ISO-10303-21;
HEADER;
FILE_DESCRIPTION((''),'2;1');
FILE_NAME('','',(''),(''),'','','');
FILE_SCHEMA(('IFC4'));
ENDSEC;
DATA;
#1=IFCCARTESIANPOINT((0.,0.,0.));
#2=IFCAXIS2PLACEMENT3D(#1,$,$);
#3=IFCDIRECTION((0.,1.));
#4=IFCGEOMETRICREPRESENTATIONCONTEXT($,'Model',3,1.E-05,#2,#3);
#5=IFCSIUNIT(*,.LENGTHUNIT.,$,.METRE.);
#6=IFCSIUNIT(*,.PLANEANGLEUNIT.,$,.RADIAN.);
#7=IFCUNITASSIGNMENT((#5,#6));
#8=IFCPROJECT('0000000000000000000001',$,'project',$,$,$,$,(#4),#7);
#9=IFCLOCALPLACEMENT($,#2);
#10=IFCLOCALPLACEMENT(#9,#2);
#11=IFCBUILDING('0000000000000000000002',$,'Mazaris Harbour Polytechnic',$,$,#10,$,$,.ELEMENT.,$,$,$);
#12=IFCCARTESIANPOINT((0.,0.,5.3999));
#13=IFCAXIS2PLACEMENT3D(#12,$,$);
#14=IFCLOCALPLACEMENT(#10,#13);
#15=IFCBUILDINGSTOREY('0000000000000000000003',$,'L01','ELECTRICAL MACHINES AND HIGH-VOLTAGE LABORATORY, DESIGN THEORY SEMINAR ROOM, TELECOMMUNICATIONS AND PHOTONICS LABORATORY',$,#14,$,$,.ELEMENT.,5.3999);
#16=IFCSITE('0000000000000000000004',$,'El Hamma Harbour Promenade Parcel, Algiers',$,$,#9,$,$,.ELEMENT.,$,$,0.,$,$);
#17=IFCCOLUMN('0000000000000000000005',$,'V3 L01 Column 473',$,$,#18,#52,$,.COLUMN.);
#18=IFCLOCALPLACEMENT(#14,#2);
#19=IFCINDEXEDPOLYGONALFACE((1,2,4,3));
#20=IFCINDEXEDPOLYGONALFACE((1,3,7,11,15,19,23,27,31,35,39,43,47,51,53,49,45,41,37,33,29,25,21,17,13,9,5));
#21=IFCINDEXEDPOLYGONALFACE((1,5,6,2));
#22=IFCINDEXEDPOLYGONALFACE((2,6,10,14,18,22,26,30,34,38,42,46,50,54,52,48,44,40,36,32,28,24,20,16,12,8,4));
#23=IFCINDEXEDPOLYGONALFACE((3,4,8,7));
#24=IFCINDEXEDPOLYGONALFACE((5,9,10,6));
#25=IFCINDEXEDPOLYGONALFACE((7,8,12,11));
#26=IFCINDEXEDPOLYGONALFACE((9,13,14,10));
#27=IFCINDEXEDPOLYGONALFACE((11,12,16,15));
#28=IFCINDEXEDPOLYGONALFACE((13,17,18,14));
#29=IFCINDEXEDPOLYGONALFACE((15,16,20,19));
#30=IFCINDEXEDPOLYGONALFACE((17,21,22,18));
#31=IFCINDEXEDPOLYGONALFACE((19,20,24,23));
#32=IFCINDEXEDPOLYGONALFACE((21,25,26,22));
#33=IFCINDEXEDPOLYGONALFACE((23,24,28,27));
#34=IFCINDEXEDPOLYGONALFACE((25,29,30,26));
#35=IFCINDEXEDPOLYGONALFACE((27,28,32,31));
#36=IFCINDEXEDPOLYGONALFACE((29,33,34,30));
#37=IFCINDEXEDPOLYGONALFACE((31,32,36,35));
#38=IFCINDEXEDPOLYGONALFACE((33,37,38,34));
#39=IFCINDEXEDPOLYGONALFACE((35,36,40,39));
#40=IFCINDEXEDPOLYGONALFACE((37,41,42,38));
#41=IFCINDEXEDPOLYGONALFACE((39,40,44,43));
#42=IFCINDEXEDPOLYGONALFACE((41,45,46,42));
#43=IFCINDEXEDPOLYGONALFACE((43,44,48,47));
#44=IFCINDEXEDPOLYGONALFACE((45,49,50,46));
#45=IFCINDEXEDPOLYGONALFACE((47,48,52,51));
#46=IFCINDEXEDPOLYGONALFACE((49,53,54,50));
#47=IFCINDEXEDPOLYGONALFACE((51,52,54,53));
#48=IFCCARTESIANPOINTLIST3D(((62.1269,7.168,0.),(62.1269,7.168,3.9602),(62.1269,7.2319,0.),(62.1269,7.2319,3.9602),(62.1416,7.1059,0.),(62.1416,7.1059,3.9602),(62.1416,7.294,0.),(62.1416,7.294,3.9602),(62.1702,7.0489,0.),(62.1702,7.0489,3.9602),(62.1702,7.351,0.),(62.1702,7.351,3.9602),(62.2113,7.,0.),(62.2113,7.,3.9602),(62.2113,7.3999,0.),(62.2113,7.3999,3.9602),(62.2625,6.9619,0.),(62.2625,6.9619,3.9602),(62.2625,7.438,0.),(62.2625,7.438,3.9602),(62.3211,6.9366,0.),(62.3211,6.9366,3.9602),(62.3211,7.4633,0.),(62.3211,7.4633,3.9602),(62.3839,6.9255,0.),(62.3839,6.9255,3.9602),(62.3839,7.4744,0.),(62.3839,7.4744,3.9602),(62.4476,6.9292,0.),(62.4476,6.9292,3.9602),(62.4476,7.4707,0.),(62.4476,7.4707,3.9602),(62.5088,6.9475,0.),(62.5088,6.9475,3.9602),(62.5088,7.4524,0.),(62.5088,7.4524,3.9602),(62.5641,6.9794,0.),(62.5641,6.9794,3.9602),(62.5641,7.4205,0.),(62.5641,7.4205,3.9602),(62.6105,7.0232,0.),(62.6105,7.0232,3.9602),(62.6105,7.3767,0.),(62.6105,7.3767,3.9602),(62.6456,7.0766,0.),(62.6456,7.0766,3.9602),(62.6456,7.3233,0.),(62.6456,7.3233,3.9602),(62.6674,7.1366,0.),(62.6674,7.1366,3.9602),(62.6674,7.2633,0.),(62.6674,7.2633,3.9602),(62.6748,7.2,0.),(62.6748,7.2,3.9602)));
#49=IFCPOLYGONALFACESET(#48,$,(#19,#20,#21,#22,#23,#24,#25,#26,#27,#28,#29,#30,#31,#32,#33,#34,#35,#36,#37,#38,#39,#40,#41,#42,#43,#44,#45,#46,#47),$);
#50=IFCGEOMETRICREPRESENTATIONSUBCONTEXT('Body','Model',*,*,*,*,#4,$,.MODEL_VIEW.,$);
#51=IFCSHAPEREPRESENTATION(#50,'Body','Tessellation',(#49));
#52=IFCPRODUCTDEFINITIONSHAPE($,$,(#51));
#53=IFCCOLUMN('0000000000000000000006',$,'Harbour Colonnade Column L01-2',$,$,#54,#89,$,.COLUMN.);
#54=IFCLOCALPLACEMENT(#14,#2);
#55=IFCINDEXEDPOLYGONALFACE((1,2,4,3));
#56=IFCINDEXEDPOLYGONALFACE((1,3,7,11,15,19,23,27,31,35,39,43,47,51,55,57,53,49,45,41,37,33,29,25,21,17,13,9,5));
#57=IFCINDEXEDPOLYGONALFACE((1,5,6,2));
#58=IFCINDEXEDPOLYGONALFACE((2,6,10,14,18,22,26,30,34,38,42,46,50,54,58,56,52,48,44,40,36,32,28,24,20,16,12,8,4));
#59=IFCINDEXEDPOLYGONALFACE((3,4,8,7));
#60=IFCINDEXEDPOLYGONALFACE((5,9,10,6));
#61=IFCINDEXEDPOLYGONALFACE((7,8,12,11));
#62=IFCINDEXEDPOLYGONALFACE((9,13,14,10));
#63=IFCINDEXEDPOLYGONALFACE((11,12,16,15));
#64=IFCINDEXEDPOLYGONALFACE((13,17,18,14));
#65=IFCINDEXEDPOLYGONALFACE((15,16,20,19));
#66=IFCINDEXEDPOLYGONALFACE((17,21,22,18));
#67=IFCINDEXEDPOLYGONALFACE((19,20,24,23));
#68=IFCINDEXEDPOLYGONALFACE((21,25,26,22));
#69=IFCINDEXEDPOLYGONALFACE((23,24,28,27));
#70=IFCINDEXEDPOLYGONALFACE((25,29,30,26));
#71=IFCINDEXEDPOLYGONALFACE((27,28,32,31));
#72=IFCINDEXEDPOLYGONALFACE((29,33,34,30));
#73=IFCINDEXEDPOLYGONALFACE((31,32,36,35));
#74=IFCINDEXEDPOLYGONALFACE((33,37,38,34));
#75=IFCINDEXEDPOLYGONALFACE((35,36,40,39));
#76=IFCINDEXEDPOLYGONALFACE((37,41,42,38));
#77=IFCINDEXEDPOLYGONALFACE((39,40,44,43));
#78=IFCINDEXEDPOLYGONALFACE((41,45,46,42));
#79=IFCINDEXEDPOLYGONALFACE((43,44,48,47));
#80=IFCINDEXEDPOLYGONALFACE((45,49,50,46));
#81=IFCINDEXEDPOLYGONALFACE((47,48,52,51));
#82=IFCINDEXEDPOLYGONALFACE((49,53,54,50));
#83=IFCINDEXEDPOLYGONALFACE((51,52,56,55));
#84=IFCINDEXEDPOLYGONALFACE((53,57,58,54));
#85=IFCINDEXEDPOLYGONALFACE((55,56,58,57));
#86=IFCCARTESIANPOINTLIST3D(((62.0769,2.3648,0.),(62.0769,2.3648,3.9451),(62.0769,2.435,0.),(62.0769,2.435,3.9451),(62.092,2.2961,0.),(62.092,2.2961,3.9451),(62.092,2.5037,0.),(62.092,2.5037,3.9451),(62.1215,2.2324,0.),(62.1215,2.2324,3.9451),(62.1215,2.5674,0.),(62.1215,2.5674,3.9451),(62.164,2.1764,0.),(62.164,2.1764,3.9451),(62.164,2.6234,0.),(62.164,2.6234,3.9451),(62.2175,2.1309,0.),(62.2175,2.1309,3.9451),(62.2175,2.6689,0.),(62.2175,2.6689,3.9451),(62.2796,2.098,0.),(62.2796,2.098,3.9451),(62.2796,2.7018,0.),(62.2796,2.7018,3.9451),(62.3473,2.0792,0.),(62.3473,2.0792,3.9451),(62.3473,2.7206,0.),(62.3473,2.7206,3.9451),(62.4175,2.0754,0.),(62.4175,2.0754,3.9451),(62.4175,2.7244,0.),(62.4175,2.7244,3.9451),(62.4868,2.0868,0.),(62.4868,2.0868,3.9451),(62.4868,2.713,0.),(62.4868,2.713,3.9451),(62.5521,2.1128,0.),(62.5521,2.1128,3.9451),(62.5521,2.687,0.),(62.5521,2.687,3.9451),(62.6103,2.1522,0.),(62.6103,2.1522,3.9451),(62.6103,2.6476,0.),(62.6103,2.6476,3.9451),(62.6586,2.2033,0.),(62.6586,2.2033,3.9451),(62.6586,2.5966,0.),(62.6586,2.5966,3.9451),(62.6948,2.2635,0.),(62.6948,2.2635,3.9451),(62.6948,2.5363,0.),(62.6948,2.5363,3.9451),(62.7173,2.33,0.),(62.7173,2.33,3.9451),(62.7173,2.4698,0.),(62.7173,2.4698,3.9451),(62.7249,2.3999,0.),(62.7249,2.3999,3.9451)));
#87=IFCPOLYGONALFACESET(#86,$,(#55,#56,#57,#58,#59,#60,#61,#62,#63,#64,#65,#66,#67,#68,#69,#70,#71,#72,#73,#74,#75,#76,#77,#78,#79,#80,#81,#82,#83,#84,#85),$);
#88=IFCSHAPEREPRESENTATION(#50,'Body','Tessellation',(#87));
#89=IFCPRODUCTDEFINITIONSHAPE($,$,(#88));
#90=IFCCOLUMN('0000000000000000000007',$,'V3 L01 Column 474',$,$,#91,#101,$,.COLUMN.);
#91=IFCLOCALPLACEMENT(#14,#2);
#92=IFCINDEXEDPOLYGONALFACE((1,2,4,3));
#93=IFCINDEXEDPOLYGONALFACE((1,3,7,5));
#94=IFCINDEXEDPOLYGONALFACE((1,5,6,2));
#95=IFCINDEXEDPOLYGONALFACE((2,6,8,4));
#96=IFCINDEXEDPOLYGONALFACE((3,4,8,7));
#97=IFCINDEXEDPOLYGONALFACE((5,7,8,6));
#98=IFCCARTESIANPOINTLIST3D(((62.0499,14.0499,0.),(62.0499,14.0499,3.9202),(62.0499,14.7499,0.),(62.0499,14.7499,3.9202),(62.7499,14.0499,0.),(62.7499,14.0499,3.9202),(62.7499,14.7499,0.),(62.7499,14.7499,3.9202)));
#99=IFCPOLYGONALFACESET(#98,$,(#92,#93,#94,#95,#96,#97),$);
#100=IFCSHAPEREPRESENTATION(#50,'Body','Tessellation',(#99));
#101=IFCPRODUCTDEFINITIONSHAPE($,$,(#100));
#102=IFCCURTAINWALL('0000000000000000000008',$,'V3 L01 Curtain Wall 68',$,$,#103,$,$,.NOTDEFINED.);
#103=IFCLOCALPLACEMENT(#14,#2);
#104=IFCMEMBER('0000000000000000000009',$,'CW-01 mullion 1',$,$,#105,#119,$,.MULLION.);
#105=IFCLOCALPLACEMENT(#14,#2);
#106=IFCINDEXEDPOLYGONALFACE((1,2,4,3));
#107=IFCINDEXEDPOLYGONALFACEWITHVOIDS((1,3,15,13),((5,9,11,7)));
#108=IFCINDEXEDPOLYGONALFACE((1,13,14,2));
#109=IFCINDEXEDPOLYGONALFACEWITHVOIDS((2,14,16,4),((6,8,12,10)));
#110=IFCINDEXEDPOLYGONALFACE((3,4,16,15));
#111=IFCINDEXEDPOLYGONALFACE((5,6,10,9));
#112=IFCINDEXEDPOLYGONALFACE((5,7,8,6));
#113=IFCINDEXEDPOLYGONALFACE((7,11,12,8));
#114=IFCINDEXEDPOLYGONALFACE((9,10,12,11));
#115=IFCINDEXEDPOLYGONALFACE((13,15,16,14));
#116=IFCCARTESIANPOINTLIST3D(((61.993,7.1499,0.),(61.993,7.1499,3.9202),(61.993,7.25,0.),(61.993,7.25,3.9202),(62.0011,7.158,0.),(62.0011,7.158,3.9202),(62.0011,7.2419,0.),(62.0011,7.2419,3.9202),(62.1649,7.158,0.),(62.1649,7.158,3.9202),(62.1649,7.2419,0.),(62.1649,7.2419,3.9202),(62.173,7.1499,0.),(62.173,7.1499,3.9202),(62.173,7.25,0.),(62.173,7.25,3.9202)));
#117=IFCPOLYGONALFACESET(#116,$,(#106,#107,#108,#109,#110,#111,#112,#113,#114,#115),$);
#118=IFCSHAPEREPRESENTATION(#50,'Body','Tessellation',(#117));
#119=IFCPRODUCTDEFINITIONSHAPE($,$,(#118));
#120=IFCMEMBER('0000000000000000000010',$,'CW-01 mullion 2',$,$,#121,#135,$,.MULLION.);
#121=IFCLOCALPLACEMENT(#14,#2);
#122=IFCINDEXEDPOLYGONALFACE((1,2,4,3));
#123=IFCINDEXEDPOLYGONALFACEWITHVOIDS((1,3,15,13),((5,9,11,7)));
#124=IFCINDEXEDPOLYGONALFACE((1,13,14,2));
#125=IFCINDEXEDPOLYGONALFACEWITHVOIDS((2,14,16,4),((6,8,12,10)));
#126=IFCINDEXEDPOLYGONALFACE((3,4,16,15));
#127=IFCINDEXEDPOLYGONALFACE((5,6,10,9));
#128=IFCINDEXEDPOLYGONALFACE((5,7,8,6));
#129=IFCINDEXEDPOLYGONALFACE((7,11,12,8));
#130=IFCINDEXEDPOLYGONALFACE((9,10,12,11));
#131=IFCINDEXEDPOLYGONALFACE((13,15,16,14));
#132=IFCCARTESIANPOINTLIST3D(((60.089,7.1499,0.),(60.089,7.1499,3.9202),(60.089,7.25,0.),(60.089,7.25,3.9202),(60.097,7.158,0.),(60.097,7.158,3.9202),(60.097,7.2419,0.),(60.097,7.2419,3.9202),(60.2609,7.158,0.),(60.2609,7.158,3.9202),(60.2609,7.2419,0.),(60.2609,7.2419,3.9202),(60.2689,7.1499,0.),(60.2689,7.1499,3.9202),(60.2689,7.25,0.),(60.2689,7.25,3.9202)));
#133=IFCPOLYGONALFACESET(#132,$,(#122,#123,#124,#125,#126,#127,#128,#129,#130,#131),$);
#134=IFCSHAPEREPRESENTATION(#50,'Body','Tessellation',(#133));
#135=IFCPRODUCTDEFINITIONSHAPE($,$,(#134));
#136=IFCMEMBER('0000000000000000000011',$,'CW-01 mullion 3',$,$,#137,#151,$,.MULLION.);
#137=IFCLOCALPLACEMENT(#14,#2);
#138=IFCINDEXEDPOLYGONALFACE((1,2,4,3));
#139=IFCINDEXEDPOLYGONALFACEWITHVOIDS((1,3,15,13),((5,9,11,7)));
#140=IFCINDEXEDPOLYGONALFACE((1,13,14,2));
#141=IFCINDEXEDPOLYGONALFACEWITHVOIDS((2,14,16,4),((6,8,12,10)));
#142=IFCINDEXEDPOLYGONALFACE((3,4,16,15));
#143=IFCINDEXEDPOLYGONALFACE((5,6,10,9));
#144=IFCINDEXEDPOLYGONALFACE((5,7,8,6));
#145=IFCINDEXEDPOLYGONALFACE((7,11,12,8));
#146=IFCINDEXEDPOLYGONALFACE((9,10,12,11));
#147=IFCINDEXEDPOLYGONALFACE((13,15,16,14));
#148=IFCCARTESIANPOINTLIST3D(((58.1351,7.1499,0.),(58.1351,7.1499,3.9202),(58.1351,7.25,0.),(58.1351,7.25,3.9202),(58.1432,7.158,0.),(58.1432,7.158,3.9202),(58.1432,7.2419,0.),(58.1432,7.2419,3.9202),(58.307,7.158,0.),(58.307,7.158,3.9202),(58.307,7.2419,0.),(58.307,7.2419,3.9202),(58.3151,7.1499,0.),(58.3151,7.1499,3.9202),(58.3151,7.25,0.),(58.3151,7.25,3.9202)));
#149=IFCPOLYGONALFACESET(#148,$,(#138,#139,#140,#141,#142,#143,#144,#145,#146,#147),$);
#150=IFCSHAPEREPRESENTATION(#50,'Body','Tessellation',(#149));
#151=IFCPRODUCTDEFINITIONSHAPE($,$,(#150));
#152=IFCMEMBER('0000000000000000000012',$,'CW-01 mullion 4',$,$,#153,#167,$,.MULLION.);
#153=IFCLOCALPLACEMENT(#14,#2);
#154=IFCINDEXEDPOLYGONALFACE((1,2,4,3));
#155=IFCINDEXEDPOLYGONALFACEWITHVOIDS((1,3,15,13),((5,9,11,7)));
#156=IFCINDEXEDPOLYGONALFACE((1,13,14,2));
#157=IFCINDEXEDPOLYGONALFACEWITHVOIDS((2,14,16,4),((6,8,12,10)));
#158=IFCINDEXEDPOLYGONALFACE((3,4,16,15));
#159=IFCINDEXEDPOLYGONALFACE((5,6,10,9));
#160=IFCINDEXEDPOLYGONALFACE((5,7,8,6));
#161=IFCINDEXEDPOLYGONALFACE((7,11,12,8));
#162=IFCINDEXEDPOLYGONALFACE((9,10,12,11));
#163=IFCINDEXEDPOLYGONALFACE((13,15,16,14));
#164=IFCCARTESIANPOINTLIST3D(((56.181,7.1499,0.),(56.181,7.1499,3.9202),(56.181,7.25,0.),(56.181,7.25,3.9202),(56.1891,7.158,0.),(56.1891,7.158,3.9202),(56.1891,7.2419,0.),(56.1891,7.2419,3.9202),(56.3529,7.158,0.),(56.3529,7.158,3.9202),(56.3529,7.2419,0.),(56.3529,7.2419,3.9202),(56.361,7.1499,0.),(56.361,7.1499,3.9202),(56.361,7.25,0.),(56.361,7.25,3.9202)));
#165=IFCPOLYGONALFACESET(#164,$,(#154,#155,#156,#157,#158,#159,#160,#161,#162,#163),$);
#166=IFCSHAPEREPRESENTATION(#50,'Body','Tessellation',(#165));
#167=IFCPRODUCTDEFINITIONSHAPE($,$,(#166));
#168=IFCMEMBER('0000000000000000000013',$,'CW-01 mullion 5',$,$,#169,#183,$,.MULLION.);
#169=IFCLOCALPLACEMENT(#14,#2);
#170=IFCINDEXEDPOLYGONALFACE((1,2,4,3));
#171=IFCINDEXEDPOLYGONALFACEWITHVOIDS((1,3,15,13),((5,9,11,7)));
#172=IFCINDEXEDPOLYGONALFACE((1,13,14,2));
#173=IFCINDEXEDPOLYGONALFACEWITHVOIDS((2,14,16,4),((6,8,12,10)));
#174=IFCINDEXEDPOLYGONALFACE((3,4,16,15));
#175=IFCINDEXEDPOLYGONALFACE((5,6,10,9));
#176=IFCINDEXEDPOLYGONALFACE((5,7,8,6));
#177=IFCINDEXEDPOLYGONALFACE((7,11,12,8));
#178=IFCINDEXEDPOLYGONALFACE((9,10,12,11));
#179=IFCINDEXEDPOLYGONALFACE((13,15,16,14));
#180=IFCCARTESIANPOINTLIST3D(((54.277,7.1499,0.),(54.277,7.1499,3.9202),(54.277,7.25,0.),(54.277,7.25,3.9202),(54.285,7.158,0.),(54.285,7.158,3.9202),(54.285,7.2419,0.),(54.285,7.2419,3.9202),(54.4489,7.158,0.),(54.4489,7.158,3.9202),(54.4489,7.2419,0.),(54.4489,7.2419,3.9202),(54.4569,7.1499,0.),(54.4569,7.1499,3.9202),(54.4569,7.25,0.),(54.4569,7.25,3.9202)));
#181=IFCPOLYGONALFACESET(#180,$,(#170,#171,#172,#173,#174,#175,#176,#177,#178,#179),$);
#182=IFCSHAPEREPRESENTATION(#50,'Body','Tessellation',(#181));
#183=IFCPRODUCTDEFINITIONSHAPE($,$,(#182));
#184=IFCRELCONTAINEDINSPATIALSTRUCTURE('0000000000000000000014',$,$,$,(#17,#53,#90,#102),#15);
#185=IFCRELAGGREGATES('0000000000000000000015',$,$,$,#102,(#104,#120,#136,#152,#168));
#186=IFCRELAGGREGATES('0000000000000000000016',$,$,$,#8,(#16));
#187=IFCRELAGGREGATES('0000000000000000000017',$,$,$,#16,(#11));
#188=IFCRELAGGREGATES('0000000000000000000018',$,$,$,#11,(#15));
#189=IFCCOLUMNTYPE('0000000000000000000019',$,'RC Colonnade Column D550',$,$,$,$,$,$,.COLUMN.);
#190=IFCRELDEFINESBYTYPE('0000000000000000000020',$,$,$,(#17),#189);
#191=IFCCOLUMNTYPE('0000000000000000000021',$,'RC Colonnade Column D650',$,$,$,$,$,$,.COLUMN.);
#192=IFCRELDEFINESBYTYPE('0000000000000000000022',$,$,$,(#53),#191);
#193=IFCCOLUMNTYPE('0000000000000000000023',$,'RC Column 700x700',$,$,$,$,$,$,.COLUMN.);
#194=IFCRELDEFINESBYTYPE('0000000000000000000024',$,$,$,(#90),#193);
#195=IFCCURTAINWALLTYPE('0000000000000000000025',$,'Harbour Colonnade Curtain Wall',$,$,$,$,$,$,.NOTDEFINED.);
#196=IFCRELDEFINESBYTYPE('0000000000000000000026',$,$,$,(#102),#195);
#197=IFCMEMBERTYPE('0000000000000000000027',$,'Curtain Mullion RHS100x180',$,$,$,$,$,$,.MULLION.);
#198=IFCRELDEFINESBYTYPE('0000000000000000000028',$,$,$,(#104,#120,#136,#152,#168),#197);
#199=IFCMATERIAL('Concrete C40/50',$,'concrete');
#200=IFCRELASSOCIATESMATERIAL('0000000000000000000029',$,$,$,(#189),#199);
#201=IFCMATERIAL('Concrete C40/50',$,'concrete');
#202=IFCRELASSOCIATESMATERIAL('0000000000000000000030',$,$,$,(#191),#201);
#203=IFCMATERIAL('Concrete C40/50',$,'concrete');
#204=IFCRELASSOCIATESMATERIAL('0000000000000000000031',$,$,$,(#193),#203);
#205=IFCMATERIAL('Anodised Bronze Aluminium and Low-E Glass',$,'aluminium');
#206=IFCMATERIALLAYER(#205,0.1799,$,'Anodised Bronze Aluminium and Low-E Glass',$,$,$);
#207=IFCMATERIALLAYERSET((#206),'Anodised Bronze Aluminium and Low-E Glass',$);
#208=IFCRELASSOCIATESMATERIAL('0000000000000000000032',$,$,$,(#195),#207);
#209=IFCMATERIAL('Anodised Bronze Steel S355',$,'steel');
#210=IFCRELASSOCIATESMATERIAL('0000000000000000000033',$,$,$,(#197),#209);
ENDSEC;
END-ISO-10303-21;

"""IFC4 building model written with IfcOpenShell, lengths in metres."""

from ifc_helpers import new_model, si_unit, direction, frame, origin, origin_2d, place, context, subcontext, project, spatial, rectangle, hollow_rectangle, circle, extrude, material, layer, layer_set, material_profile, profile_set, type_object, element, aggregate, save


model = new_model("IFC4")

# Units and contexts
model_context = context("Model", 3, precision=1e-05, world=origin(), true_north=direction((0.0, 1.0)))
body_context = subcontext(model_context, "Body", "Model", "MODEL_VIEW")
ifc_project = project(units=[si_unit("LENGTHUNIT", "METRE"), si_unit("PLANEANGLEUNIT", "RADIAN")], contexts=[model_context])

# Site, building, storey
site_placement = place(None, origin())
site = spatial("IfcSite", under=ifc_project, at=site_placement, Name="El Hamma Harbour Promenade Parcel, Algiers", CompositionType="ELEMENT", RefElevation=0.0)
building_placement = place(site_placement, origin())
building = spatial("IfcBuilding", under=site, at=building_placement, Name="Mazaris Harbour Polytechnic", CompositionType="ELEMENT")
storey_placement = place(building_placement, frame((0.0, 0.0, 5.3999)))
storey = spatial("IfcBuildingStorey", under=building, at=storey_placement, Name="L01", Description="ELECTRICAL MACHINES AND HIGH-VOLTAGE LABORATORY, DESIGN THEORY SEMINAR ROOM, TELECOMMUNICATIONS AND PHOTONICS LABORATORY", CompositionType="ELEMENT", Elevation=5.3999)

# Columns
ifc_material_1 = material(Name="Concrete C40/50", Category="concrete")
ifc_material_profile_1 = material_profile(ifc_material_1, circle(Radius=0.2749, at=origin_2d()), Name="DIA550")
ifc_profile_set_1 = profile_set([ifc_material_profile_1], Name="Concrete C40/50")
column_type_1 = type_object("IfcColumnType", Name="RC Colonnade Column D550", PredefinedType="COLUMN", material=ifc_profile_set_1)
column_1_placement = place(storey_placement, frame((62.3999, 7.2, 0.0), z_axis=(0.0, 0.0, 1.0), x_axis=(1.0, 0.0, 0.0)))
element("IfcColumn", 1, at=column_1_placement, inside=storey, type_object=column_type_1, Name="V3 L01 Column 473", PredefinedType="COLUMN", context=body_context, shape_type="SweptSolid", body=[
    extrude(circle(Radius=0.2749, at=origin_2d()), origin(), (0.0, 0.0, 1.0), 3.9602),
])
ifc_material_2 = material(Name="Concrete C40/50", Category="concrete")
ifc_material_profile_2 = material_profile(ifc_material_2, circle(Radius=0.325, at=origin_2d()), Name="DIA650")
ifc_profile_set_2 = profile_set([ifc_material_profile_2], Name="Concrete C40/50")
column_type_2 = type_object("IfcColumnType", Name="RC Colonnade Column D650", PredefinedType="COLUMN", material=ifc_profile_set_2)
column_2_placement = place(storey_placement, frame((62.3999, 2.3999, 0.0), z_axis=(0.0, 0.0, 1.0), x_axis=(1.0, 0.0, 0.0)))
element("IfcColumn", 2, at=column_2_placement, inside=storey, type_object=column_type_2, Name="Harbour Colonnade Column L01-2", PredefinedType="COLUMN", context=body_context, shape_type="SweptSolid", body=[
    extrude(circle(Radius=0.325, at=origin_2d()), origin(), (0.0, 0.0, 1.0), 3.9451),
])
ifc_material_3 = material(Name="Concrete C40/50", Category="concrete")
ifc_material_profile_3 = material_profile(ifc_material_3, rectangle(XDim=0.7, YDim=0.7, at=origin_2d()), Name="RECT700x700")
ifc_profile_set_3 = profile_set([ifc_material_profile_3], Name="Concrete C40/50")
column_type_3 = type_object("IfcColumnType", Name="RC Column 700x700", PredefinedType="COLUMN", material=ifc_profile_set_3)
column_3_placement = place(storey_placement, frame((62.3999, 14.3999, 0.0), z_axis=(0.0, 0.0, 1.0), x_axis=(1.0, 0.0, 0.0)))
element("IfcColumn", 3, at=column_3_placement, inside=storey, type_object=column_type_3, Name="V3 L01 Column 474", PredefinedType="COLUMN", context=body_context, shape_type="SweptSolid", body=[
    extrude(rectangle(XDim=0.7, YDim=0.7, at=origin_2d()), origin(), (0.0, 0.0, 1.0), 3.9202),
])

# Curtain wall, members
ifc_material_4 = material(Name="Anodised Bronze Aluminium and Low-E Glass", Category="aluminium")
ifc_layer_1 = layer(ifc_material_4, 0.1799, Name="Anodised Bronze Aluminium and Low-E Glass")
ifc_layer_set_1 = layer_set([ifc_layer_1], Name="Anodised Bronze Aluminium and Low-E Glass")
curtain_wall_type = type_object("IfcCurtainWallType", Name="Harbour Colonnade Curtain Wall", PredefinedType="NOTDEFINED", material=ifc_layer_set_1)
curtain_wall_placement = place(storey_placement, origin())
curtain_wall = element("IfcCurtainWall", 4, at=curtain_wall_placement, inside=storey, type_object=curtain_wall_type, Name="V3 L01 Curtain Wall 68", PredefinedType="NOTDEFINED")
ifc_material_5 = material(Name="Anodised Bronze Steel S355", Category="steel")
ifc_material_profile_4 = material_profile(ifc_material_5, hollow_rectangle(XDim=0.1001, YDim=0.1799, WallThickness=0.0081, at=origin_2d()), Name="RHS 100x180x8.0")
ifc_profile_set_4 = profile_set([ifc_material_profile_4], Name="Anodised Bronze Steel S355")
member_type_1 = type_object("IfcMemberType", Name="Curtain Mullion RHS100x180", PredefinedType="MULLION", material=ifc_profile_set_4)
member_1_placement = place(storey_placement, frame((62.083, 7.2, 0.0), z_axis=(0.0, 0.0, 1.0), x_axis=(0.0, -1.0, 0.0)))
member_1 = element("IfcMember", 5, at=member_1_placement, type_object=member_type_1, Name="CW-01 mullion 1", PredefinedType="MULLION", context=body_context, shape_type="SweptSolid", body=[
    extrude(hollow_rectangle(XDim=0.1001, YDim=0.1799, WallThickness=0.0081, at=origin_2d()), origin(), (0.0, 0.0, 1.0), 3.9202),
])
member_2_placement = place(storey_placement, frame((60.179, 7.2, 0.0), z_axis=(0.0, 0.0, 1.0), x_axis=(0.0, -1.0, 0.0)))
member_2 = element("IfcMember", 6, at=member_2_placement, type_object=member_type_1, Name="CW-01 mullion 2", PredefinedType="MULLION", context=body_context, shape_type="SweptSolid", body=[
    extrude(hollow_rectangle(XDim=0.1001, YDim=0.1799, WallThickness=0.0081, at=origin_2d()), origin(), (0.0, 0.0, 1.0), 3.9202),
])
member_3_placement = place(storey_placement, frame((58.2251, 7.2, 0.0), z_axis=(0.0, 0.0, 1.0), x_axis=(0.0, -1.0, 0.0)))
member_3 = element("IfcMember", 7, at=member_3_placement, type_object=member_type_1, Name="CW-01 mullion 3", PredefinedType="MULLION", context=body_context, shape_type="SweptSolid", body=[
    extrude(hollow_rectangle(XDim=0.1001, YDim=0.1799, WallThickness=0.0081, at=origin_2d()), origin(), (0.0, 0.0, 1.0), 3.9202),
])
member_4_placement = place(storey_placement, frame((56.271, 7.2, 0.0), z_axis=(0.0, 0.0, 1.0), x_axis=(0.0, -1.0, 0.0)))
member_4 = element("IfcMember", 8, at=member_4_placement, type_object=member_type_1, Name="CW-01 mullion 4", PredefinedType="MULLION", context=body_context, shape_type="SweptSolid", body=[
    extrude(hollow_rectangle(XDim=0.1001, YDim=0.1799, WallThickness=0.0081, at=origin_2d()), origin(), (0.0, 0.0, 1.0), 3.9202),
])
member_5_placement = place(storey_placement, frame((54.3669, 7.2, 0.0), z_axis=(0.0, 0.0, 1.0), x_axis=(0.0, -1.0, 0.0)))
member_5 = element("IfcMember", 9, at=member_5_placement, type_object=member_type_1, Name="CW-01 mullion 5", PredefinedType="MULLION", context=body_context, shape_type="SweptSolid", body=[
    extrude(hollow_rectangle(XDim=0.1001, YDim=0.1799, WallThickness=0.0081, at=origin_2d()), origin(), (0.0, 0.0, 1.0), 3.9202),
])

aggregate(curtain_wall, [member_1, member_2, member_3, member_4, member_5])

save(model, "model.ifc")
